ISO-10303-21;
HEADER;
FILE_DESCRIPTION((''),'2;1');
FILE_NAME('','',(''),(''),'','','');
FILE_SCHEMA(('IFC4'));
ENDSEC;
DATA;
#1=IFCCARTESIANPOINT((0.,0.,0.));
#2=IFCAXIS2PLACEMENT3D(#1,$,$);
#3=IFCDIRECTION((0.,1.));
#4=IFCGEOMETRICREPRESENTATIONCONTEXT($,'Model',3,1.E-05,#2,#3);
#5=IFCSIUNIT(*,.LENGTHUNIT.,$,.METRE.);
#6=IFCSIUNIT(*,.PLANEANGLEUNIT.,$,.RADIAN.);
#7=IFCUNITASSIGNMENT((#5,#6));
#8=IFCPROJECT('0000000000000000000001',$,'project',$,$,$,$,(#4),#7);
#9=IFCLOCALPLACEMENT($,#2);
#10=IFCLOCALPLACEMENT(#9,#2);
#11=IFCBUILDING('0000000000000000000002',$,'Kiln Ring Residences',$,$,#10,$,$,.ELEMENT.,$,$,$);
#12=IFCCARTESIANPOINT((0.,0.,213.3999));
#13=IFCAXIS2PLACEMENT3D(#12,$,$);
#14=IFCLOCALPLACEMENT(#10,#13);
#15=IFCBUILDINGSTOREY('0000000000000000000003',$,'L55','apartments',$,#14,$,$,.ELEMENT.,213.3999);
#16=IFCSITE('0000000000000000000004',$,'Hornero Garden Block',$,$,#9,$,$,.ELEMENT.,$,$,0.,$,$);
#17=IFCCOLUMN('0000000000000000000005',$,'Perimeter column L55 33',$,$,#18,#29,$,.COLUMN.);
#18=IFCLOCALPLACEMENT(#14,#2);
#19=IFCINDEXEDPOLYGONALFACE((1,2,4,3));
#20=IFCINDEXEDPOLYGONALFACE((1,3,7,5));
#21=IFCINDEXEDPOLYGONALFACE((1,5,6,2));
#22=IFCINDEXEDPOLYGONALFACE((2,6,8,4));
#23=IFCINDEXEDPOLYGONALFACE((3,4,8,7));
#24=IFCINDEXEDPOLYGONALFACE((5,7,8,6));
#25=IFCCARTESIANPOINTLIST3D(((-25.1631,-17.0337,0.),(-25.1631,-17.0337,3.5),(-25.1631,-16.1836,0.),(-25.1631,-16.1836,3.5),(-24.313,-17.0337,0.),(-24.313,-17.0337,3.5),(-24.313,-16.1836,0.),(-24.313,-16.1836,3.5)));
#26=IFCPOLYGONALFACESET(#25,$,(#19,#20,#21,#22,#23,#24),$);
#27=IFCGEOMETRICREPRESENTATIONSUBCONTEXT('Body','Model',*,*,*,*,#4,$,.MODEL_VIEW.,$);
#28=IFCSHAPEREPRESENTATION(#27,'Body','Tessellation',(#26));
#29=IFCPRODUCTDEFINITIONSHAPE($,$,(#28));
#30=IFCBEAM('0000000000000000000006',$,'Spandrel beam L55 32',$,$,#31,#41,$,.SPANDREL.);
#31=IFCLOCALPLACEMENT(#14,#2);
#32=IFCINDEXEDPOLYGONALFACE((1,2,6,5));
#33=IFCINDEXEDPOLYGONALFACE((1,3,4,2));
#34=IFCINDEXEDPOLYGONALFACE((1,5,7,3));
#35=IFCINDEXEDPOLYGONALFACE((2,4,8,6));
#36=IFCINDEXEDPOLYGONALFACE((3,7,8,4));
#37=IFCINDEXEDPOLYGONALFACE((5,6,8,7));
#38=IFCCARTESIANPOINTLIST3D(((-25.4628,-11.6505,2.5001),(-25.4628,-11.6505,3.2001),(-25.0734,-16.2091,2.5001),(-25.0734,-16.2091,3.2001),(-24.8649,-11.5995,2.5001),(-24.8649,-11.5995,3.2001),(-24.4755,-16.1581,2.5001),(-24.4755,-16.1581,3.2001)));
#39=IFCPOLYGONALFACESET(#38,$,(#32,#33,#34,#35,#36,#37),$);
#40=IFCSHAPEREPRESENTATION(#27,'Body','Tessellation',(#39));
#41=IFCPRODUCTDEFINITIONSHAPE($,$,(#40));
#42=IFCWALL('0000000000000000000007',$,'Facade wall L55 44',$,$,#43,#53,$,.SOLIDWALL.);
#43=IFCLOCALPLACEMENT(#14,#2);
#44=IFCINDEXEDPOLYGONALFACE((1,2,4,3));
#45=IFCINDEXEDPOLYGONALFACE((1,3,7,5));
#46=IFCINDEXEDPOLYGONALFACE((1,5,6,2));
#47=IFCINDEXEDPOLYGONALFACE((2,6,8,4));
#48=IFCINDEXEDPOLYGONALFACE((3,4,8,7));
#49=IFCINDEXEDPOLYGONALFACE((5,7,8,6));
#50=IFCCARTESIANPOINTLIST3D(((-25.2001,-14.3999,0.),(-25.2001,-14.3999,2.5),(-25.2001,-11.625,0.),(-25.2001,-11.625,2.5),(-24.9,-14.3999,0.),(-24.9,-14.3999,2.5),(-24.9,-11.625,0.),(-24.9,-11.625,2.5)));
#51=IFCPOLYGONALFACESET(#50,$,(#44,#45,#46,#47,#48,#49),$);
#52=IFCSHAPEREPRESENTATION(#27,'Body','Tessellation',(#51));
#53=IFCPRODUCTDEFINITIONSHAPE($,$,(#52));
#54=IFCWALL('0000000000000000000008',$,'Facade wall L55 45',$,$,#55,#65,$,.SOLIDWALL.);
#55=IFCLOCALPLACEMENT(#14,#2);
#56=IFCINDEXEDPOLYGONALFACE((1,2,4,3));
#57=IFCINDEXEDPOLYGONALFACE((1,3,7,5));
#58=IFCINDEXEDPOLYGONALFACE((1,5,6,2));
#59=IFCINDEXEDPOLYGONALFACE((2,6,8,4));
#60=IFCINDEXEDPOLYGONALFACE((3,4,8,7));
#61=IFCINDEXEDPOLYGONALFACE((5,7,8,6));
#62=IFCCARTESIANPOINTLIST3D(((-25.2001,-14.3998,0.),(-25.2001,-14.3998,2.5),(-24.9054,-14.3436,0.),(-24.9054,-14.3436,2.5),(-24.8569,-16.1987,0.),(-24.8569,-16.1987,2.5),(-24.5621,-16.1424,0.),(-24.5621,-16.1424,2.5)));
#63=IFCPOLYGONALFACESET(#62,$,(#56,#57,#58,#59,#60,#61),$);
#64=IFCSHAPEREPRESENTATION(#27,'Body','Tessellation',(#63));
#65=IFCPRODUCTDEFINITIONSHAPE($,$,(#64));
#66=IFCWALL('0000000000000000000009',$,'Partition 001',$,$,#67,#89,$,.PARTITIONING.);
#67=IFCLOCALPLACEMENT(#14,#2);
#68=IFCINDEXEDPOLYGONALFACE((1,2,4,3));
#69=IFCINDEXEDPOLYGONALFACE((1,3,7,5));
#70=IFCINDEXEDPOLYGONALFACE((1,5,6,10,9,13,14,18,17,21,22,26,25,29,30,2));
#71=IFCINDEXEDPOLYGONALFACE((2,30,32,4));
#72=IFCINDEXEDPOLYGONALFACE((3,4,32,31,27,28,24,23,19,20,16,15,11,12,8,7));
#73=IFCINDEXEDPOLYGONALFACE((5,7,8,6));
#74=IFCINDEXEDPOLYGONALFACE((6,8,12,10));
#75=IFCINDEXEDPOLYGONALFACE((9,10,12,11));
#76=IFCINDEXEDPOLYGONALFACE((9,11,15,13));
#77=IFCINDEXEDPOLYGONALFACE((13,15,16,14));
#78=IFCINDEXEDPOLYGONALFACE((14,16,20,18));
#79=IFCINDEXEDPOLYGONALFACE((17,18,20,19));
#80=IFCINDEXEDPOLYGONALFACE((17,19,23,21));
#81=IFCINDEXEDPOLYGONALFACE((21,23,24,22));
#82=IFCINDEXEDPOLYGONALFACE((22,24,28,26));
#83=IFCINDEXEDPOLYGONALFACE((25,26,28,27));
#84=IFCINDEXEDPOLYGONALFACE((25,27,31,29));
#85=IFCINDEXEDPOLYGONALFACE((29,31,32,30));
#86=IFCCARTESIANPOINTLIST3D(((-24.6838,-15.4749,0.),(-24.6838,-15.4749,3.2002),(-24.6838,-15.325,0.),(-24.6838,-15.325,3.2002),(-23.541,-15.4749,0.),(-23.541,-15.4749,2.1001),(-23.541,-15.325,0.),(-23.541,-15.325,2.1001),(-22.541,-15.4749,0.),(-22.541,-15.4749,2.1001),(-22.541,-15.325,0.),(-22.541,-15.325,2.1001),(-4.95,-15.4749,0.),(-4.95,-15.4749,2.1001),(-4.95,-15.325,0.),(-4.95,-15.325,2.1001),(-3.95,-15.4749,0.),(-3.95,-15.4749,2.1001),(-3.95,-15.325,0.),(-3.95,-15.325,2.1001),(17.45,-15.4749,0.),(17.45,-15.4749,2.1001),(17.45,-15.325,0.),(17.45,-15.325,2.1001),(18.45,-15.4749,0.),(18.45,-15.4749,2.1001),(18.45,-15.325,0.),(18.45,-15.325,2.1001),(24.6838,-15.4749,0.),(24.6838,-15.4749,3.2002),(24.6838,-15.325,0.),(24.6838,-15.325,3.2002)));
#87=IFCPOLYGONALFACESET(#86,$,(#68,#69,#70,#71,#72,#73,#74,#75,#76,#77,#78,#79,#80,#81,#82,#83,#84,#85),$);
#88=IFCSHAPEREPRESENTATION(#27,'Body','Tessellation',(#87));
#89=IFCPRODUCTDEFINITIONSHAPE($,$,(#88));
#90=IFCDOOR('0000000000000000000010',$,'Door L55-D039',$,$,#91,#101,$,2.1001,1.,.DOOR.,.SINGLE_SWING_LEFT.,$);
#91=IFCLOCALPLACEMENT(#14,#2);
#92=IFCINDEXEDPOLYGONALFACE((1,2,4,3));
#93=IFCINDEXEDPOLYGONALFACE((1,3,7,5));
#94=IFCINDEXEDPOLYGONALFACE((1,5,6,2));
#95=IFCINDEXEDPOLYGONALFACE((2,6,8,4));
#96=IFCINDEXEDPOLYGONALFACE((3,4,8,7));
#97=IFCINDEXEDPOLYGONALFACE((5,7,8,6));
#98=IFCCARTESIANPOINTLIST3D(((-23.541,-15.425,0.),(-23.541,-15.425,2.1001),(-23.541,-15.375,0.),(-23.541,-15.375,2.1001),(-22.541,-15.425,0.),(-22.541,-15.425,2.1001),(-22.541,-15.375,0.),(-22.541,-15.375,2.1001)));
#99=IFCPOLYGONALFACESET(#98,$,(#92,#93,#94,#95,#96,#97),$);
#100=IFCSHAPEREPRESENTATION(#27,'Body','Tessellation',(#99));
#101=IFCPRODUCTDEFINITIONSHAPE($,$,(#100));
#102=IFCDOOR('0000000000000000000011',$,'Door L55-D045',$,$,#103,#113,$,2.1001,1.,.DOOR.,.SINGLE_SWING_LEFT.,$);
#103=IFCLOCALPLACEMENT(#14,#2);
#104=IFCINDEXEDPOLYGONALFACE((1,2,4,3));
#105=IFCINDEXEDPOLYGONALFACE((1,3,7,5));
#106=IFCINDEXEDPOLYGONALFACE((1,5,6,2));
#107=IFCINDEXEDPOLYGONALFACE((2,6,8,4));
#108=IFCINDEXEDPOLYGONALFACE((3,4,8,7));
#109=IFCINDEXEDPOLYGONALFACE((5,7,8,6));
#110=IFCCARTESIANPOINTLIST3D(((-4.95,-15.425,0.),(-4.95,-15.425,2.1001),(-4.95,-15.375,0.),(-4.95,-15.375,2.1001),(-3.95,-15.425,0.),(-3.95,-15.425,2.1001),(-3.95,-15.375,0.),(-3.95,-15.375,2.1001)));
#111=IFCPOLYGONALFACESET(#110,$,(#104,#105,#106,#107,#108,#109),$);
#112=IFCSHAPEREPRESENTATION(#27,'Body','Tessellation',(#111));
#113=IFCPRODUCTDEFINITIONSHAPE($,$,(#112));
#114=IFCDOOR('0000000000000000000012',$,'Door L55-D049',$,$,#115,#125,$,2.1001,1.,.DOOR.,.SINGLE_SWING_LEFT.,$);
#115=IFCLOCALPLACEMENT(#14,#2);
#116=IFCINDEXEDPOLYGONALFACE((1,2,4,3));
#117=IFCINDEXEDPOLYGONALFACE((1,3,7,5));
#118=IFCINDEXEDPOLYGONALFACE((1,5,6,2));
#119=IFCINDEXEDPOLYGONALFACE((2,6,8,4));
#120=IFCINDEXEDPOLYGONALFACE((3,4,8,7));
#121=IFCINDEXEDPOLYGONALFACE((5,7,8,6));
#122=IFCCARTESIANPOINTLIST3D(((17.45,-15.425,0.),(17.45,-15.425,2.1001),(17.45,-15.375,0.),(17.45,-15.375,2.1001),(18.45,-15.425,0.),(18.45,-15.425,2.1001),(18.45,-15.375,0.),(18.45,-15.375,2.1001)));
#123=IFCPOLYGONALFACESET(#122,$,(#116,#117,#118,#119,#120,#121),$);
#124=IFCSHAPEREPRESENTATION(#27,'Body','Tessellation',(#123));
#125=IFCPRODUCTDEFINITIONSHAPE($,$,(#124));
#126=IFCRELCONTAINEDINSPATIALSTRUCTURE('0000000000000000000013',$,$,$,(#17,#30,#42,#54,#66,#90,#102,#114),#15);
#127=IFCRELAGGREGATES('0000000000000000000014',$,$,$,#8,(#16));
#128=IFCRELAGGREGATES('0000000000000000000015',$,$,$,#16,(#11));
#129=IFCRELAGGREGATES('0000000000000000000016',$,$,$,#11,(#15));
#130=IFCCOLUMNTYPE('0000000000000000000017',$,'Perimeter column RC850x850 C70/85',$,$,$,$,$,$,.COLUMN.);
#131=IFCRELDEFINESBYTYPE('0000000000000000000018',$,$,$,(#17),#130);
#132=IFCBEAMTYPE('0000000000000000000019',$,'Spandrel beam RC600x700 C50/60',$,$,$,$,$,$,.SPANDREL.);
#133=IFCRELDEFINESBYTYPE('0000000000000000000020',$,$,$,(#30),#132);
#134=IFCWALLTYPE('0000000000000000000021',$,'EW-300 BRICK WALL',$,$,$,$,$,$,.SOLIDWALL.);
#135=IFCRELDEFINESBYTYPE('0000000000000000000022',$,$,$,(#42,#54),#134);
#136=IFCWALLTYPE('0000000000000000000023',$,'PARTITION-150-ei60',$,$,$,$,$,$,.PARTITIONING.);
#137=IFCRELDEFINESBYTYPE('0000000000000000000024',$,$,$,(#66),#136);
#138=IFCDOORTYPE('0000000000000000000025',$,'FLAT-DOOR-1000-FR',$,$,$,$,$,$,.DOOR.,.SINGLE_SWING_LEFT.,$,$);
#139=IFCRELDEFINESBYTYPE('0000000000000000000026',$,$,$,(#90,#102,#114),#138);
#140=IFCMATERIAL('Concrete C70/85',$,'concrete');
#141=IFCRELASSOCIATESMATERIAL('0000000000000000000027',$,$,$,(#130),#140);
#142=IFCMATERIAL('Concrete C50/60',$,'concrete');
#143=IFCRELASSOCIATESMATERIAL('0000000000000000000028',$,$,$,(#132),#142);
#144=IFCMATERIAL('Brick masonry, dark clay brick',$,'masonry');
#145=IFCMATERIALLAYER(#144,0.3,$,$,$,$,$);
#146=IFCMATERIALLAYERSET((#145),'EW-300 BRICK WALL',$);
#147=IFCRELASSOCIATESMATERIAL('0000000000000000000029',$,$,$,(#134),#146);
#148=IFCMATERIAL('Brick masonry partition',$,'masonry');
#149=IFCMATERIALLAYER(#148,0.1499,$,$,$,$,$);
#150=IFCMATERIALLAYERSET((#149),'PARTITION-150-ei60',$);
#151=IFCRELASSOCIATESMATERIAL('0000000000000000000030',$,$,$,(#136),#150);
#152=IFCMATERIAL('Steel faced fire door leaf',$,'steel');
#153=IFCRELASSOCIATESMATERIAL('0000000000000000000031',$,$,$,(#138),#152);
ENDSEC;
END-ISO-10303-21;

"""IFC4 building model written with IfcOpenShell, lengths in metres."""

from ifc_helpers import new_model, si_unit, direction, frame, frame_2d, origin, origin_2d, place, context, subcontext, project, spatial, rectangle, extrude, material, layer, layer_set, material_profile, profile_set, type_object, element, fill, save


model = new_model("IFC4")

# Units and contexts
model_context = context("Model", 3, precision=1e-05, world=origin(), true_north=direction((0.0, 1.0)))
body_context = subcontext(model_context, "Body", "Model", "MODEL_VIEW")
ifc_project = project(units=[si_unit("LENGTHUNIT", "METRE"), si_unit("PLANEANGLEUNIT", "RADIAN")], contexts=[model_context])

# Site, building, storey
site_placement = place(None, origin())
site = spatial("IfcSite", under=ifc_project, at=site_placement, Name="Hornero Garden Block", CompositionType="ELEMENT", RefElevation=0.0)
building_placement = place(site_placement, origin())
building = spatial("IfcBuilding", under=site, at=building_placement, Name="Kiln Ring Residences", CompositionType="ELEMENT")
storey_placement = place(building_placement, frame((0.0, 0.0, 213.3999)))
storey = spatial("IfcBuildingStorey", under=building, at=storey_placement, Name="L55", Description="apartments", CompositionType="ELEMENT", Elevation=213.3999)

# Column
ifc_material_1 = material(Name="Concrete C70/85", Category="concrete")
ifc_material_profile_1 = material_profile(ifc_material_1, rectangle(XDim=0.8501, YDim=0.8501, at=origin_2d()), Name="RC850x850")
ifc_profile_set_1 = profile_set([ifc_material_profile_1], Name="Concrete C70/85")
column_type = type_object("IfcColumnType", Name="Perimeter column RC850x850 C70/85", PredefinedType="COLUMN", material=ifc_profile_set_1)
column_placement = place(storey_placement, frame((-24.738, -16.6086, 0.0), z_axis=(0.0, 0.0, 1.0), x_axis=(1.0, 0.0, 0.0)))
element("IfcColumn", 1, at=column_placement, inside=storey, type_object=column_type, Name="Perimeter column L55 33", PredefinedType="COLUMN", context=body_context, shape_type="SweptSolid", body=[
    extrude(rectangle(XDim=0.8501, YDim=0.8501, at=origin_2d()), origin(), (0.0, 0.0, 1.0), 3.5),
])

# Beam
ifc_material_2 = material(Name="Concrete C50/60", Category="concrete")
ifc_material_profile_2 = material_profile(ifc_material_2, rectangle(XDim=0.6001, YDim=0.7, at=origin_2d()), Name="RC600x700")
ifc_profile_set_2 = profile_set([ifc_material_profile_2], Name="Concrete C50/60")
beam_type = type_object("IfcBeamType", Name="Spandrel beam RC600x700 C50/60", PredefinedType="SPANDREL", material=ifc_profile_set_2)
beam_placement = place(storey_placement, frame((-25.1638, -11.625, 2.8501), z_axis=(0.085112, -0.996371, 0.0), x_axis=(0.996371, 0.085112, 0.0)))
element("IfcBeam", 2, at=beam_placement, inside=storey, type_object=beam_type, Name="Spandrel beam L55 32", PredefinedType="SPANDREL", context=body_context, shape_type="SweptSolid", body=[
    extrude(rectangle(XDim=0.6001, YDim=0.7, at=origin_2d()), origin(), (0.0, 0.0, 1.0), 4.5752),
])

# Walls
ifc_material_3 = material(Name="Brick masonry, dark clay brick", Category="masonry")
ifc_layer_1 = layer(ifc_material_3, 0.3)
ifc_layer_set_1 = layer_set([ifc_layer_1], Name="EW-300 BRICK WALL")
wall_type_1 = type_object("IfcWallType", Name="EW-300 BRICK WALL", PredefinedType="SOLIDWALL", material=ifc_layer_set_1)
wall_1_placement = place(storey_placement, frame((-25.05, -11.625, 0.0), z_axis=(0.0, 0.0, 1.0), x_axis=(0.0, -1.0, 0.0)))
element("IfcWall", 3, at=wall_1_placement, inside=storey, type_object=wall_type_1, Name="Facade wall L55 44", PredefinedType="SOLIDWALL", context=body_context, shape_type="SweptSolid", body=[
    extrude(rectangle(XDim=2.7749, YDim=0.3, at=frame_2d((1.3875, 0.0))), origin(), (0.0, 0.0, 1.0), 2.5),
])
wall_2_placement = place(storey_placement, frame((-25.0527, -14.3718, 0.0), z_axis=(0.0, 0.0, 1.0), x_axis=(0.187443, -0.982275, 0.0)))
element("IfcWall", 4, at=wall_2_placement, inside=storey, type_object=wall_type_1, Name="Facade wall L55 45", PredefinedType="SOLIDWALL", context=body_context, shape_type="SweptSolid", body=[
    extrude(rectangle(XDim=1.8313, YDim=0.3, at=frame_2d((0.9155, 0.0))), origin(), (0.0, 0.0, 1.0), 2.5),
])

# Wall, openings, doors
ifc_material_4 = material(Name="Brick masonry partition", Category="masonry")
ifc_layer_2 = layer(ifc_material_4, 0.1499)
ifc_layer_set_2 = layer_set([ifc_layer_2], Name="PARTITION-150-ei60")
wall_type_2 = type_object("IfcWallType", Name="PARTITION-150-ei60", PredefinedType="PARTITIONING", material=ifc_layer_set_2)
wall_3_placement = place(storey_placement, frame((-24.6838, -15.3999, 0.0), z_axis=(0.0, 0.0, 1.0), x_axis=(1.0, 0.0, 0.0)))
wall_3 = element("IfcWall", 5, at=wall_3_placement, inside=storey, type_object=wall_type_2, Name="Partition 001", PredefinedType="PARTITIONING", context=body_context, shape_type="SweptSolid", body=[
    extrude(rectangle(XDim=49.3677, YDim=0.1499, at=frame_2d((24.6838, 0.0))), origin(), (0.0, 0.0, 1.0), 3.2002),
])
opening_1_placement = place(wall_3_placement, frame((1.1428, 0.0, 0.0)))
opening_1 = element("IfcOpeningElement", 6, at=opening_1_placement, cuts=wall_3, PredefinedType="OPENING", context=body_context, shape_type="SweptSolid", body=[
    extrude(rectangle(XDim=1.0, YDim=2.1001, at=frame_2d((0.5, 1.05))), frame((0.0, 0.085, 0.0), z_axis=(0.0, -1.0, 0.0), x_axis=(1.0, 0.0, 0.0)), (0.0, 0.0, 1.0), 0.1699),
])
opening_2_placement = place(wall_3_placement, frame((19.7339, 0.0, 0.0)))
opening_2 = element("IfcOpeningElement", 7, at=opening_2_placement, cuts=wall_3, PredefinedType="OPENING", context=body_context, shape_type="SweptSolid", body=[
    extrude(rectangle(XDim=1.0, YDim=2.1001, at=frame_2d((0.5, 1.05))), frame((0.0, 0.085, 0.0), z_axis=(0.0, -1.0, 0.0), x_axis=(1.0, 0.0, 0.0)), (0.0, 0.0, 1.0), 0.1699),
])
opening_3_placement = place(wall_3_placement, frame((42.1338, 0.0, 0.0)))
opening_3 = element("IfcOpeningElement", 8, at=opening_3_placement, cuts=wall_3, PredefinedType="OPENING", context=body_context, shape_type="SweptSolid", body=[
    extrude(rectangle(XDim=1.0, YDim=2.1001, at=frame_2d((0.5, 1.05))), frame((0.0, 0.085, 0.0), z_axis=(0.0, -1.0, 0.0), x_axis=(1.0, 0.0, 0.0)), (0.0, 0.0, 1.0), 0.1699),
])
ifc_material_5 = material(Name="Steel faced fire door leaf", Category="steel")
door_type = type_object("IfcDoorType", Name="FLAT-DOOR-1000-FR", OperationType="SINGLE_SWING_LEFT", PredefinedType="DOOR", material=ifc_material_5)
door_1_placement = place(opening_1_placement, origin())
door_1 = element("IfcDoor", 9, at=door_1_placement, inside=storey, type_object=door_type, Name="Door L55-D039", OperationType="SINGLE_SWING_LEFT", OverallHeight=2.1001, OverallWidth=1.0, PredefinedType="DOOR", context=body_context, shape_type="SweptSolid", body=[
    extrude(rectangle(XDim=1.0, YDim=2.1001, at=frame_2d((0.5, 1.05))), frame((0.0, 0.0249, 0.0), z_axis=(0.0, -1.0, 0.0), x_axis=(1.0, 0.0, 0.0)), (0.0, 0.0, 1.0), 0.05),
])
fill(opening_1, door_1)
door_2_placement = place(opening_2_placement, origin())
door_2 = element("IfcDoor", 10, at=door_2_placement, inside=storey, type_object=door_type, Name="Door L55-D045", OperationType="SINGLE_SWING_LEFT", OverallHeight=2.1001, OverallWidth=1.0, PredefinedType="DOOR", context=body_context, shape_type="SweptSolid", body=[
    extrude(rectangle(XDim=1.0, YDim=2.1001, at=frame_2d((0.5, 1.05))), frame((0.0, 0.0249, 0.0), z_axis=(0.0, -1.0, 0.0), x_axis=(1.0, 0.0, 0.0)), (0.0, 0.0, 1.0), 0.05),
])
fill(opening_2, door_2)
door_3_placement = place(opening_3_placement, origin())
door_3 = element("IfcDoor", 11, at=door_3_placement, inside=storey, type_object=door_type, Name="Door L55-D049", OperationType="SINGLE_SWING_LEFT", OverallHeight=2.1001, OverallWidth=1.0, PredefinedType="DOOR", context=body_context, shape_type="SweptSolid", body=[
    extrude(rectangle(XDim=1.0, YDim=2.1001, at=frame_2d((0.5, 1.05))), frame((0.0, 0.0249, 0.0), z_axis=(0.0, -1.0, 0.0), x_axis=(1.0, 0.0, 0.0)), (0.0, 0.0, 1.0), 0.05),
])
fill(opening_3, door_3)

save(model, "model.ifc")
